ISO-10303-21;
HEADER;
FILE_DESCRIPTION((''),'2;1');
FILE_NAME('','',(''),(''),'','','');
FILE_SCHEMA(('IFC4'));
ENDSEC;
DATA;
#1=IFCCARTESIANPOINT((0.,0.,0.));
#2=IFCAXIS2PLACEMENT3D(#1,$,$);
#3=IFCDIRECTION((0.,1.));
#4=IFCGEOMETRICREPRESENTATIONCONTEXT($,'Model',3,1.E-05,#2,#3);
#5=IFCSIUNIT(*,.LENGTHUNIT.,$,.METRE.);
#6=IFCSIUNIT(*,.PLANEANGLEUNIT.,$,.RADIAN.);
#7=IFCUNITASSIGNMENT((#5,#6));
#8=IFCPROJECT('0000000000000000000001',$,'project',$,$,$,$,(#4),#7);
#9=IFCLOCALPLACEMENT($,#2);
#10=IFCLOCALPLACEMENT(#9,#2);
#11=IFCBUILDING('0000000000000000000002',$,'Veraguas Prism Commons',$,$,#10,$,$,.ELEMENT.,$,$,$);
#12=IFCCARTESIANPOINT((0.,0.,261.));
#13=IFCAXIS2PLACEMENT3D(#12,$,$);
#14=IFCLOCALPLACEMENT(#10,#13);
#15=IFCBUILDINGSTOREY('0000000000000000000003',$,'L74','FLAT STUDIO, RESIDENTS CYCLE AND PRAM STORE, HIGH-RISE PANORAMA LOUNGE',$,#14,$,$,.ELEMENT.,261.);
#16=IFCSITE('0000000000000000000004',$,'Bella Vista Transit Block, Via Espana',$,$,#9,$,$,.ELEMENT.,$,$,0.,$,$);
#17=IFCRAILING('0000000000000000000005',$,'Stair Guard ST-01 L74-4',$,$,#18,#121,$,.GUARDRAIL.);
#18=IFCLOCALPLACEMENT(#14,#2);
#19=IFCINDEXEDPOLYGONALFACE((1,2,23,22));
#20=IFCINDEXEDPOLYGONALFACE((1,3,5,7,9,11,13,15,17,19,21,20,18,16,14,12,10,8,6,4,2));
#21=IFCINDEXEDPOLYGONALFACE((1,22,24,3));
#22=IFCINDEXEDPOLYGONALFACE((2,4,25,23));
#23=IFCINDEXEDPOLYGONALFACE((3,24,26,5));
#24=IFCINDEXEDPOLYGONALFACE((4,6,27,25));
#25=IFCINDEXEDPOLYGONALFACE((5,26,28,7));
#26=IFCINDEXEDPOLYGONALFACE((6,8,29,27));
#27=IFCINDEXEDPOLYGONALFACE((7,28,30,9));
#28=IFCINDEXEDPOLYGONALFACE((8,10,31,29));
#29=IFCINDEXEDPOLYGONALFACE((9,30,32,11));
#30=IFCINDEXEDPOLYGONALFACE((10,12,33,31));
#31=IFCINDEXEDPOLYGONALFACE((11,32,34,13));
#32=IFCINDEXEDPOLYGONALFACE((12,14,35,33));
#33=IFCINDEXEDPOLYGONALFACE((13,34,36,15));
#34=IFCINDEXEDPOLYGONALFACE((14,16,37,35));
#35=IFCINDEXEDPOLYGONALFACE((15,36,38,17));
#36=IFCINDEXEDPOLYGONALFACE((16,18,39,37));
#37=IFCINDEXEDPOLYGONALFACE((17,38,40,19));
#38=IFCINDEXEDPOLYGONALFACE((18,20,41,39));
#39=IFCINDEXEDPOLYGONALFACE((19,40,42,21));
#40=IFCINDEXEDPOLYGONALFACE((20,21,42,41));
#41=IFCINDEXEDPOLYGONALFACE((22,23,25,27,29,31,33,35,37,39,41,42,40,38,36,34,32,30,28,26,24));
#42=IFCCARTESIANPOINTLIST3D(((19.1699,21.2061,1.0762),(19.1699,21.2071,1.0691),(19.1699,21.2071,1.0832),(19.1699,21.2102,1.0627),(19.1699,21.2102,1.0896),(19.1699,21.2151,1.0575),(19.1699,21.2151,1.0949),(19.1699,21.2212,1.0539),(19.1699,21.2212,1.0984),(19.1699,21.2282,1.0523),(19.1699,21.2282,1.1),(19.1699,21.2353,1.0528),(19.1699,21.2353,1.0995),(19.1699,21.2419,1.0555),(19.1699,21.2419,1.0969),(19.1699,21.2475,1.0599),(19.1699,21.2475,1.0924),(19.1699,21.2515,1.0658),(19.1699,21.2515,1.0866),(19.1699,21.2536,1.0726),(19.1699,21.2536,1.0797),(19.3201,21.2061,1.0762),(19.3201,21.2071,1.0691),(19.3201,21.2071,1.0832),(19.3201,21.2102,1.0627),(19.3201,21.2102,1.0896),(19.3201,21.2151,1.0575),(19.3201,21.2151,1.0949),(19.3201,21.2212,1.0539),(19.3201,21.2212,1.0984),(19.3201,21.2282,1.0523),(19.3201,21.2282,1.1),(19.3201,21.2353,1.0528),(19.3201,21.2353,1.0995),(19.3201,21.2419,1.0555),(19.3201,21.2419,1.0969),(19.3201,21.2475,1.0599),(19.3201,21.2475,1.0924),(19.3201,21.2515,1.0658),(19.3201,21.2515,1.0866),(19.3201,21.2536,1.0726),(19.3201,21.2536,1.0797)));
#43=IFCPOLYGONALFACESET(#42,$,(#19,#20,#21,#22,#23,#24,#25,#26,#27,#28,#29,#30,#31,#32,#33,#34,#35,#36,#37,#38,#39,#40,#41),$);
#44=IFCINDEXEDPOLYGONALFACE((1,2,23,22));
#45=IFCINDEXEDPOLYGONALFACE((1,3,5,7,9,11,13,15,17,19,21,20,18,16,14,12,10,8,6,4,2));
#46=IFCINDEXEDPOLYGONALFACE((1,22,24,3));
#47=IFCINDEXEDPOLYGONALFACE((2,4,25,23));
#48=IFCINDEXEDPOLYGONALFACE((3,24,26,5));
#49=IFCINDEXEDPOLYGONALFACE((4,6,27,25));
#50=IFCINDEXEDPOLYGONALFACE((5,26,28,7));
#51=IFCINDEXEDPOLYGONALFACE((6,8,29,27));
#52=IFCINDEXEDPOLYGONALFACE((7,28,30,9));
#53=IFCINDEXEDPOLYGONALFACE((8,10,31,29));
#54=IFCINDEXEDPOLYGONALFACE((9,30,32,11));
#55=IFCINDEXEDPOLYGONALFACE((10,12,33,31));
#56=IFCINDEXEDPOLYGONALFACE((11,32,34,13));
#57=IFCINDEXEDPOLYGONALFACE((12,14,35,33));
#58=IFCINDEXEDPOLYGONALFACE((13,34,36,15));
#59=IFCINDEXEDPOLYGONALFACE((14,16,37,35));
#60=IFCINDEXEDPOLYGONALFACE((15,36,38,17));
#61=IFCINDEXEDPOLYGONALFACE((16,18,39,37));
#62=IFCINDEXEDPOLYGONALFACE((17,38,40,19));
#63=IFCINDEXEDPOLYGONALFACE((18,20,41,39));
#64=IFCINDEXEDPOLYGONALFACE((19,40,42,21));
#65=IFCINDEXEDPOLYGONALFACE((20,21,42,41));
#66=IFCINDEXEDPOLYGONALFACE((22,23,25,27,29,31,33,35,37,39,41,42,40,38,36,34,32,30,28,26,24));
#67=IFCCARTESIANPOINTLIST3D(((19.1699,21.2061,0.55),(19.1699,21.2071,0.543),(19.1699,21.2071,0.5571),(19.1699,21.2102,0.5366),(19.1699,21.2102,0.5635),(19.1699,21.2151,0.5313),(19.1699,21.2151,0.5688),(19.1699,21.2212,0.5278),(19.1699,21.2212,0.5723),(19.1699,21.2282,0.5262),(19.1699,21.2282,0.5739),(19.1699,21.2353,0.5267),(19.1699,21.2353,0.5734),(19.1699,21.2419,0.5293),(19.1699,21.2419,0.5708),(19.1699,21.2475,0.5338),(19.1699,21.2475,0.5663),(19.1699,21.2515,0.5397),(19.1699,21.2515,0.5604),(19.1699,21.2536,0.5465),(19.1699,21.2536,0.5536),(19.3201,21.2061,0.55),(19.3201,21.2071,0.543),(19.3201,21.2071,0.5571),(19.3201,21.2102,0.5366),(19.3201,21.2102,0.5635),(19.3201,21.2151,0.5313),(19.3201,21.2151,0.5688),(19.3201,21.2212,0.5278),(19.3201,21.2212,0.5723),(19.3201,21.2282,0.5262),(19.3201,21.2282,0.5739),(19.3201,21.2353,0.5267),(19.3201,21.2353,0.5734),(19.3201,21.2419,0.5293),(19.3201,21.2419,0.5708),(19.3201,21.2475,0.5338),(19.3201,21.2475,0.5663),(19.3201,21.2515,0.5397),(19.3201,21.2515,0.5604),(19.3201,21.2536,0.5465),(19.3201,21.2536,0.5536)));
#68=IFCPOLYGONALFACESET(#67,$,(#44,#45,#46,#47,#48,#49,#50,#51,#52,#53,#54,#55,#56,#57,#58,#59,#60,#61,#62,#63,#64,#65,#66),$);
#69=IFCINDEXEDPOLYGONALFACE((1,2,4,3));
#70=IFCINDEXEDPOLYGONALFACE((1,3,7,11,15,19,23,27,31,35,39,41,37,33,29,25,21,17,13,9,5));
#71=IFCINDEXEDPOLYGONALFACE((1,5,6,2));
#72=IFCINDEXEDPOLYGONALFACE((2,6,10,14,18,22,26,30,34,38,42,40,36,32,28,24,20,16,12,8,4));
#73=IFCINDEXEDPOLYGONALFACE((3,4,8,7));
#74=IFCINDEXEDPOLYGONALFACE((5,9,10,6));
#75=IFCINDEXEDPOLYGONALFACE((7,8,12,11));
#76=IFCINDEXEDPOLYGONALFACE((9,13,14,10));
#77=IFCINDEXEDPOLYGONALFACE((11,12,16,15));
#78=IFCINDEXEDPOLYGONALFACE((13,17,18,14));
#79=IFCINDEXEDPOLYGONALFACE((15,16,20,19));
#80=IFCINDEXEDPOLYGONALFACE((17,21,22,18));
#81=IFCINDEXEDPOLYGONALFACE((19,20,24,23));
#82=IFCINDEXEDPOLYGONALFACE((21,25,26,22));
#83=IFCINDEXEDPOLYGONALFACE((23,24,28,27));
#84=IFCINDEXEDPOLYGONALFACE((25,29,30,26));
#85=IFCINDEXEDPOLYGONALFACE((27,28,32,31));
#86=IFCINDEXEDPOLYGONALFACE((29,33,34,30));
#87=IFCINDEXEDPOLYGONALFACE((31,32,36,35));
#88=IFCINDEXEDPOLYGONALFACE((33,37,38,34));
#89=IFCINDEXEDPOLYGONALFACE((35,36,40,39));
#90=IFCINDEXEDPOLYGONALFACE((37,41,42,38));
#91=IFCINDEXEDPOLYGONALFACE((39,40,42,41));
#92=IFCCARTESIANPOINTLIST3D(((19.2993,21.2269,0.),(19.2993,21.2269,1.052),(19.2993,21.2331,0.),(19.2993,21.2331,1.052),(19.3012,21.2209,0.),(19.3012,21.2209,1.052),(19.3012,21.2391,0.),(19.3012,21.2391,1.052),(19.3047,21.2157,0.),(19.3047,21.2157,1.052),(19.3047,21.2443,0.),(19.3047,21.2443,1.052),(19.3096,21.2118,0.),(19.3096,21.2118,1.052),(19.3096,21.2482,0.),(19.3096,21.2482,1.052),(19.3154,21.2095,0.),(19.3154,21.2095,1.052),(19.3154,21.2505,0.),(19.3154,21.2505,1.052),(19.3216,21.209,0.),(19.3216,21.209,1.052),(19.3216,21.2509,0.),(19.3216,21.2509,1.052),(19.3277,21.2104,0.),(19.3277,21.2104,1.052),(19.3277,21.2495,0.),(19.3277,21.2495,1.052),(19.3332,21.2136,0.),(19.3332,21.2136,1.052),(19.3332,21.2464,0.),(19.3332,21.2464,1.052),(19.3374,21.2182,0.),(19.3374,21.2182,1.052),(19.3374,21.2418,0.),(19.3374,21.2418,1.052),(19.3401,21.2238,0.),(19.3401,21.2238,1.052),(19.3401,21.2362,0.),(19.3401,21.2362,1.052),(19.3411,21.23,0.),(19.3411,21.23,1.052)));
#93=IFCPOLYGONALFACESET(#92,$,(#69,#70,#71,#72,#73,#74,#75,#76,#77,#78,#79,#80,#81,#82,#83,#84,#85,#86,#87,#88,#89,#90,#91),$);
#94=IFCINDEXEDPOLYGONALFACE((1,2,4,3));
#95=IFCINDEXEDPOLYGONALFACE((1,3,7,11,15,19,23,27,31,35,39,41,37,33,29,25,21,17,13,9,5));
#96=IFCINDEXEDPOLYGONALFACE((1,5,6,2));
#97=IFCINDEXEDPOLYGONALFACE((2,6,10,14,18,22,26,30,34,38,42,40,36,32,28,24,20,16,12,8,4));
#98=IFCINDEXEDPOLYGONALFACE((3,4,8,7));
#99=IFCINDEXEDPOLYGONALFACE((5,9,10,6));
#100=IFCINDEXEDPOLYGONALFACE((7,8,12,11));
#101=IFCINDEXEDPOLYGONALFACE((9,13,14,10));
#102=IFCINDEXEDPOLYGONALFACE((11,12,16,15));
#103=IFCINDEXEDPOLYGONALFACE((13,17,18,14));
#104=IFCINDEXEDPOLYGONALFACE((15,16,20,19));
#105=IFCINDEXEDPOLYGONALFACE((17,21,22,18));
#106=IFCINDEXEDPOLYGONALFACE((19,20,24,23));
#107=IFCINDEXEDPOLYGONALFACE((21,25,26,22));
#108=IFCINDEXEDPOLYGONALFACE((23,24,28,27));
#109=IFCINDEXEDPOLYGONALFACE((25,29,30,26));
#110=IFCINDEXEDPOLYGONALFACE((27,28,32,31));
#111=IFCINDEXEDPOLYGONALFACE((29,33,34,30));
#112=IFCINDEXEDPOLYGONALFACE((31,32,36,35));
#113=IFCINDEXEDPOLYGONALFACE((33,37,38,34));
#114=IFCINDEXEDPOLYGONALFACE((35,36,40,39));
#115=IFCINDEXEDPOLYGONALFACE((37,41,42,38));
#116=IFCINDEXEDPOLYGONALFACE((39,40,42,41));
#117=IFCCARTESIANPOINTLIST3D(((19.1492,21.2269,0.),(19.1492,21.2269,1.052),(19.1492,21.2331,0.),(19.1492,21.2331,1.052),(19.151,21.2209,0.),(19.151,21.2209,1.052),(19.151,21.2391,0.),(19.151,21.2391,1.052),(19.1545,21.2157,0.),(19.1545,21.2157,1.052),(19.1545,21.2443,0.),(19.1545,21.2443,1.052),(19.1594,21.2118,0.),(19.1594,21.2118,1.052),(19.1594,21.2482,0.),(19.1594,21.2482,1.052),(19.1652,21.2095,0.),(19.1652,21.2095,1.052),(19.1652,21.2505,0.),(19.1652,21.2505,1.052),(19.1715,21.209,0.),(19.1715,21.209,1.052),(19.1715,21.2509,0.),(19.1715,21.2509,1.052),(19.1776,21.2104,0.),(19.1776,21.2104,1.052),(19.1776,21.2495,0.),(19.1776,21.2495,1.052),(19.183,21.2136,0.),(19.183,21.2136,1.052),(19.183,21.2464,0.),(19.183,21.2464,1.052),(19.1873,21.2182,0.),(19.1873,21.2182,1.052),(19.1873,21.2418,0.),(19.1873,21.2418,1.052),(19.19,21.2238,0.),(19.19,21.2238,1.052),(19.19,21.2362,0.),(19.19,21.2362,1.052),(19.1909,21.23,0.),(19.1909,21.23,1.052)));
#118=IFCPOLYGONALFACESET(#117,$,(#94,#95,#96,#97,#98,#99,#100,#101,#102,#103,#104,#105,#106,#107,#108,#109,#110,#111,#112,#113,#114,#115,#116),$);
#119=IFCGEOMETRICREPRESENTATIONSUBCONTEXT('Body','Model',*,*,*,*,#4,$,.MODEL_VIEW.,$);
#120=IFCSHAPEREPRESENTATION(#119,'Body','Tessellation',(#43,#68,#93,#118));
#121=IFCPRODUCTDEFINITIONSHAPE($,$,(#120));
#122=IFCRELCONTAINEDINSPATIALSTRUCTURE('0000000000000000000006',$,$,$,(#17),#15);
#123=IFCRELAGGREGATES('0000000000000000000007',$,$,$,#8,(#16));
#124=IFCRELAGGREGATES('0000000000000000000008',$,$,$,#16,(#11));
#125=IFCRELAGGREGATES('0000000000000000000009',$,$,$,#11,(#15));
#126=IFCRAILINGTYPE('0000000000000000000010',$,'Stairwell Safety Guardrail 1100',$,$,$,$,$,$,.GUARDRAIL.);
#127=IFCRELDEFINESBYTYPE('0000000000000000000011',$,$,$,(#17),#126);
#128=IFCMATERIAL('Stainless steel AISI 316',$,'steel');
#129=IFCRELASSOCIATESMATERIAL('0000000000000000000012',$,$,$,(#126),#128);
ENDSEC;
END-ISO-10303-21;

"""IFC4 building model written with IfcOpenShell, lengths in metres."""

from ifc_helpers import new_model, si_unit, direction, frame, origin, origin_2d, place, context, subcontext, project, spatial, circle, extrude, material, type_object, element, save


model = new_model("IFC4")

# Units and contexts
model_context = context("Model", 3, precision=1e-05, world=origin(), true_north=direction((0.0, 1.0)))
body_context = subcontext(model_context, "Body", "Model", "MODEL_VIEW")
ifc_project = project(units=[si_unit("LENGTHUNIT", "METRE"), si_unit("PLANEANGLEUNIT", "RADIAN")], contexts=[model_context])

# Site, building, storey
site_placement = place(None, origin())
site = spatial("IfcSite", under=ifc_project, at=site_placement, Name="Bella Vista Transit Block, Via Espana", CompositionType="ELEMENT", RefElevation=0.0)
building_placement = place(site_placement, origin())
building = spatial("IfcBuilding", under=site, at=building_placement, Name="Veraguas Prism Commons", CompositionType="ELEMENT")
storey_placement = place(building_placement, frame((0.0, 0.0, 261.0)))
storey = spatial("IfcBuildingStorey", under=building, at=storey_placement, Name="L74", Description="FLAT STUDIO, RESIDENTS CYCLE AND PRAM STORE, HIGH-RISE PANORAMA LOUNGE", CompositionType="ELEMENT", Elevation=261.0)

# Railing
ifc_material_1 = material(Name="Stainless steel AISI 316", Category="steel")
railing_type_1 = type_object("IfcRailingType", Name="Stairwell Safety Guardrail 1100", PredefinedType="GUARDRAIL", material=ifc_material_1)
railing_1_placement = place(storey_placement, frame((19.3201, 21.23, 0.0)))
element("IfcRailing", 1, at=railing_1_placement, inside=storey, type_object=railing_type_1, Name="Stair Guard ST-01 L74-4", PredefinedType="GUARDRAIL", context=body_context, shape_type="SweptSolid", body=[
    extrude(circle(Radius=0.0239, at=origin_2d()), frame((0.0, 0.0, 1.0762), z_axis=(-1.0, 0.0, 0.0), x_axis=(0.0, -1.0, 0.0)), (0.0, 0.0, 1.0), 0.1501),
    extrude(circle(Radius=0.0239, at=origin_2d()), frame((0.0, 0.0, 0.55), z_axis=(-1.0, 0.0, 0.0), x_axis=(0.0, -1.0, 0.0)), (0.0, 0.0, 1.0), 0.1501),
    extrude(circle(Radius=0.021, at=origin_2d()), origin(), (0.0, 0.0, 1.0), 1.052),
    extrude(circle(Radius=0.021, at=origin_2d()), frame((-0.1501, 0.0, 0.0)), (0.0, 0.0, 1.0), 1.052),
])

save(model, "model.ifc")
